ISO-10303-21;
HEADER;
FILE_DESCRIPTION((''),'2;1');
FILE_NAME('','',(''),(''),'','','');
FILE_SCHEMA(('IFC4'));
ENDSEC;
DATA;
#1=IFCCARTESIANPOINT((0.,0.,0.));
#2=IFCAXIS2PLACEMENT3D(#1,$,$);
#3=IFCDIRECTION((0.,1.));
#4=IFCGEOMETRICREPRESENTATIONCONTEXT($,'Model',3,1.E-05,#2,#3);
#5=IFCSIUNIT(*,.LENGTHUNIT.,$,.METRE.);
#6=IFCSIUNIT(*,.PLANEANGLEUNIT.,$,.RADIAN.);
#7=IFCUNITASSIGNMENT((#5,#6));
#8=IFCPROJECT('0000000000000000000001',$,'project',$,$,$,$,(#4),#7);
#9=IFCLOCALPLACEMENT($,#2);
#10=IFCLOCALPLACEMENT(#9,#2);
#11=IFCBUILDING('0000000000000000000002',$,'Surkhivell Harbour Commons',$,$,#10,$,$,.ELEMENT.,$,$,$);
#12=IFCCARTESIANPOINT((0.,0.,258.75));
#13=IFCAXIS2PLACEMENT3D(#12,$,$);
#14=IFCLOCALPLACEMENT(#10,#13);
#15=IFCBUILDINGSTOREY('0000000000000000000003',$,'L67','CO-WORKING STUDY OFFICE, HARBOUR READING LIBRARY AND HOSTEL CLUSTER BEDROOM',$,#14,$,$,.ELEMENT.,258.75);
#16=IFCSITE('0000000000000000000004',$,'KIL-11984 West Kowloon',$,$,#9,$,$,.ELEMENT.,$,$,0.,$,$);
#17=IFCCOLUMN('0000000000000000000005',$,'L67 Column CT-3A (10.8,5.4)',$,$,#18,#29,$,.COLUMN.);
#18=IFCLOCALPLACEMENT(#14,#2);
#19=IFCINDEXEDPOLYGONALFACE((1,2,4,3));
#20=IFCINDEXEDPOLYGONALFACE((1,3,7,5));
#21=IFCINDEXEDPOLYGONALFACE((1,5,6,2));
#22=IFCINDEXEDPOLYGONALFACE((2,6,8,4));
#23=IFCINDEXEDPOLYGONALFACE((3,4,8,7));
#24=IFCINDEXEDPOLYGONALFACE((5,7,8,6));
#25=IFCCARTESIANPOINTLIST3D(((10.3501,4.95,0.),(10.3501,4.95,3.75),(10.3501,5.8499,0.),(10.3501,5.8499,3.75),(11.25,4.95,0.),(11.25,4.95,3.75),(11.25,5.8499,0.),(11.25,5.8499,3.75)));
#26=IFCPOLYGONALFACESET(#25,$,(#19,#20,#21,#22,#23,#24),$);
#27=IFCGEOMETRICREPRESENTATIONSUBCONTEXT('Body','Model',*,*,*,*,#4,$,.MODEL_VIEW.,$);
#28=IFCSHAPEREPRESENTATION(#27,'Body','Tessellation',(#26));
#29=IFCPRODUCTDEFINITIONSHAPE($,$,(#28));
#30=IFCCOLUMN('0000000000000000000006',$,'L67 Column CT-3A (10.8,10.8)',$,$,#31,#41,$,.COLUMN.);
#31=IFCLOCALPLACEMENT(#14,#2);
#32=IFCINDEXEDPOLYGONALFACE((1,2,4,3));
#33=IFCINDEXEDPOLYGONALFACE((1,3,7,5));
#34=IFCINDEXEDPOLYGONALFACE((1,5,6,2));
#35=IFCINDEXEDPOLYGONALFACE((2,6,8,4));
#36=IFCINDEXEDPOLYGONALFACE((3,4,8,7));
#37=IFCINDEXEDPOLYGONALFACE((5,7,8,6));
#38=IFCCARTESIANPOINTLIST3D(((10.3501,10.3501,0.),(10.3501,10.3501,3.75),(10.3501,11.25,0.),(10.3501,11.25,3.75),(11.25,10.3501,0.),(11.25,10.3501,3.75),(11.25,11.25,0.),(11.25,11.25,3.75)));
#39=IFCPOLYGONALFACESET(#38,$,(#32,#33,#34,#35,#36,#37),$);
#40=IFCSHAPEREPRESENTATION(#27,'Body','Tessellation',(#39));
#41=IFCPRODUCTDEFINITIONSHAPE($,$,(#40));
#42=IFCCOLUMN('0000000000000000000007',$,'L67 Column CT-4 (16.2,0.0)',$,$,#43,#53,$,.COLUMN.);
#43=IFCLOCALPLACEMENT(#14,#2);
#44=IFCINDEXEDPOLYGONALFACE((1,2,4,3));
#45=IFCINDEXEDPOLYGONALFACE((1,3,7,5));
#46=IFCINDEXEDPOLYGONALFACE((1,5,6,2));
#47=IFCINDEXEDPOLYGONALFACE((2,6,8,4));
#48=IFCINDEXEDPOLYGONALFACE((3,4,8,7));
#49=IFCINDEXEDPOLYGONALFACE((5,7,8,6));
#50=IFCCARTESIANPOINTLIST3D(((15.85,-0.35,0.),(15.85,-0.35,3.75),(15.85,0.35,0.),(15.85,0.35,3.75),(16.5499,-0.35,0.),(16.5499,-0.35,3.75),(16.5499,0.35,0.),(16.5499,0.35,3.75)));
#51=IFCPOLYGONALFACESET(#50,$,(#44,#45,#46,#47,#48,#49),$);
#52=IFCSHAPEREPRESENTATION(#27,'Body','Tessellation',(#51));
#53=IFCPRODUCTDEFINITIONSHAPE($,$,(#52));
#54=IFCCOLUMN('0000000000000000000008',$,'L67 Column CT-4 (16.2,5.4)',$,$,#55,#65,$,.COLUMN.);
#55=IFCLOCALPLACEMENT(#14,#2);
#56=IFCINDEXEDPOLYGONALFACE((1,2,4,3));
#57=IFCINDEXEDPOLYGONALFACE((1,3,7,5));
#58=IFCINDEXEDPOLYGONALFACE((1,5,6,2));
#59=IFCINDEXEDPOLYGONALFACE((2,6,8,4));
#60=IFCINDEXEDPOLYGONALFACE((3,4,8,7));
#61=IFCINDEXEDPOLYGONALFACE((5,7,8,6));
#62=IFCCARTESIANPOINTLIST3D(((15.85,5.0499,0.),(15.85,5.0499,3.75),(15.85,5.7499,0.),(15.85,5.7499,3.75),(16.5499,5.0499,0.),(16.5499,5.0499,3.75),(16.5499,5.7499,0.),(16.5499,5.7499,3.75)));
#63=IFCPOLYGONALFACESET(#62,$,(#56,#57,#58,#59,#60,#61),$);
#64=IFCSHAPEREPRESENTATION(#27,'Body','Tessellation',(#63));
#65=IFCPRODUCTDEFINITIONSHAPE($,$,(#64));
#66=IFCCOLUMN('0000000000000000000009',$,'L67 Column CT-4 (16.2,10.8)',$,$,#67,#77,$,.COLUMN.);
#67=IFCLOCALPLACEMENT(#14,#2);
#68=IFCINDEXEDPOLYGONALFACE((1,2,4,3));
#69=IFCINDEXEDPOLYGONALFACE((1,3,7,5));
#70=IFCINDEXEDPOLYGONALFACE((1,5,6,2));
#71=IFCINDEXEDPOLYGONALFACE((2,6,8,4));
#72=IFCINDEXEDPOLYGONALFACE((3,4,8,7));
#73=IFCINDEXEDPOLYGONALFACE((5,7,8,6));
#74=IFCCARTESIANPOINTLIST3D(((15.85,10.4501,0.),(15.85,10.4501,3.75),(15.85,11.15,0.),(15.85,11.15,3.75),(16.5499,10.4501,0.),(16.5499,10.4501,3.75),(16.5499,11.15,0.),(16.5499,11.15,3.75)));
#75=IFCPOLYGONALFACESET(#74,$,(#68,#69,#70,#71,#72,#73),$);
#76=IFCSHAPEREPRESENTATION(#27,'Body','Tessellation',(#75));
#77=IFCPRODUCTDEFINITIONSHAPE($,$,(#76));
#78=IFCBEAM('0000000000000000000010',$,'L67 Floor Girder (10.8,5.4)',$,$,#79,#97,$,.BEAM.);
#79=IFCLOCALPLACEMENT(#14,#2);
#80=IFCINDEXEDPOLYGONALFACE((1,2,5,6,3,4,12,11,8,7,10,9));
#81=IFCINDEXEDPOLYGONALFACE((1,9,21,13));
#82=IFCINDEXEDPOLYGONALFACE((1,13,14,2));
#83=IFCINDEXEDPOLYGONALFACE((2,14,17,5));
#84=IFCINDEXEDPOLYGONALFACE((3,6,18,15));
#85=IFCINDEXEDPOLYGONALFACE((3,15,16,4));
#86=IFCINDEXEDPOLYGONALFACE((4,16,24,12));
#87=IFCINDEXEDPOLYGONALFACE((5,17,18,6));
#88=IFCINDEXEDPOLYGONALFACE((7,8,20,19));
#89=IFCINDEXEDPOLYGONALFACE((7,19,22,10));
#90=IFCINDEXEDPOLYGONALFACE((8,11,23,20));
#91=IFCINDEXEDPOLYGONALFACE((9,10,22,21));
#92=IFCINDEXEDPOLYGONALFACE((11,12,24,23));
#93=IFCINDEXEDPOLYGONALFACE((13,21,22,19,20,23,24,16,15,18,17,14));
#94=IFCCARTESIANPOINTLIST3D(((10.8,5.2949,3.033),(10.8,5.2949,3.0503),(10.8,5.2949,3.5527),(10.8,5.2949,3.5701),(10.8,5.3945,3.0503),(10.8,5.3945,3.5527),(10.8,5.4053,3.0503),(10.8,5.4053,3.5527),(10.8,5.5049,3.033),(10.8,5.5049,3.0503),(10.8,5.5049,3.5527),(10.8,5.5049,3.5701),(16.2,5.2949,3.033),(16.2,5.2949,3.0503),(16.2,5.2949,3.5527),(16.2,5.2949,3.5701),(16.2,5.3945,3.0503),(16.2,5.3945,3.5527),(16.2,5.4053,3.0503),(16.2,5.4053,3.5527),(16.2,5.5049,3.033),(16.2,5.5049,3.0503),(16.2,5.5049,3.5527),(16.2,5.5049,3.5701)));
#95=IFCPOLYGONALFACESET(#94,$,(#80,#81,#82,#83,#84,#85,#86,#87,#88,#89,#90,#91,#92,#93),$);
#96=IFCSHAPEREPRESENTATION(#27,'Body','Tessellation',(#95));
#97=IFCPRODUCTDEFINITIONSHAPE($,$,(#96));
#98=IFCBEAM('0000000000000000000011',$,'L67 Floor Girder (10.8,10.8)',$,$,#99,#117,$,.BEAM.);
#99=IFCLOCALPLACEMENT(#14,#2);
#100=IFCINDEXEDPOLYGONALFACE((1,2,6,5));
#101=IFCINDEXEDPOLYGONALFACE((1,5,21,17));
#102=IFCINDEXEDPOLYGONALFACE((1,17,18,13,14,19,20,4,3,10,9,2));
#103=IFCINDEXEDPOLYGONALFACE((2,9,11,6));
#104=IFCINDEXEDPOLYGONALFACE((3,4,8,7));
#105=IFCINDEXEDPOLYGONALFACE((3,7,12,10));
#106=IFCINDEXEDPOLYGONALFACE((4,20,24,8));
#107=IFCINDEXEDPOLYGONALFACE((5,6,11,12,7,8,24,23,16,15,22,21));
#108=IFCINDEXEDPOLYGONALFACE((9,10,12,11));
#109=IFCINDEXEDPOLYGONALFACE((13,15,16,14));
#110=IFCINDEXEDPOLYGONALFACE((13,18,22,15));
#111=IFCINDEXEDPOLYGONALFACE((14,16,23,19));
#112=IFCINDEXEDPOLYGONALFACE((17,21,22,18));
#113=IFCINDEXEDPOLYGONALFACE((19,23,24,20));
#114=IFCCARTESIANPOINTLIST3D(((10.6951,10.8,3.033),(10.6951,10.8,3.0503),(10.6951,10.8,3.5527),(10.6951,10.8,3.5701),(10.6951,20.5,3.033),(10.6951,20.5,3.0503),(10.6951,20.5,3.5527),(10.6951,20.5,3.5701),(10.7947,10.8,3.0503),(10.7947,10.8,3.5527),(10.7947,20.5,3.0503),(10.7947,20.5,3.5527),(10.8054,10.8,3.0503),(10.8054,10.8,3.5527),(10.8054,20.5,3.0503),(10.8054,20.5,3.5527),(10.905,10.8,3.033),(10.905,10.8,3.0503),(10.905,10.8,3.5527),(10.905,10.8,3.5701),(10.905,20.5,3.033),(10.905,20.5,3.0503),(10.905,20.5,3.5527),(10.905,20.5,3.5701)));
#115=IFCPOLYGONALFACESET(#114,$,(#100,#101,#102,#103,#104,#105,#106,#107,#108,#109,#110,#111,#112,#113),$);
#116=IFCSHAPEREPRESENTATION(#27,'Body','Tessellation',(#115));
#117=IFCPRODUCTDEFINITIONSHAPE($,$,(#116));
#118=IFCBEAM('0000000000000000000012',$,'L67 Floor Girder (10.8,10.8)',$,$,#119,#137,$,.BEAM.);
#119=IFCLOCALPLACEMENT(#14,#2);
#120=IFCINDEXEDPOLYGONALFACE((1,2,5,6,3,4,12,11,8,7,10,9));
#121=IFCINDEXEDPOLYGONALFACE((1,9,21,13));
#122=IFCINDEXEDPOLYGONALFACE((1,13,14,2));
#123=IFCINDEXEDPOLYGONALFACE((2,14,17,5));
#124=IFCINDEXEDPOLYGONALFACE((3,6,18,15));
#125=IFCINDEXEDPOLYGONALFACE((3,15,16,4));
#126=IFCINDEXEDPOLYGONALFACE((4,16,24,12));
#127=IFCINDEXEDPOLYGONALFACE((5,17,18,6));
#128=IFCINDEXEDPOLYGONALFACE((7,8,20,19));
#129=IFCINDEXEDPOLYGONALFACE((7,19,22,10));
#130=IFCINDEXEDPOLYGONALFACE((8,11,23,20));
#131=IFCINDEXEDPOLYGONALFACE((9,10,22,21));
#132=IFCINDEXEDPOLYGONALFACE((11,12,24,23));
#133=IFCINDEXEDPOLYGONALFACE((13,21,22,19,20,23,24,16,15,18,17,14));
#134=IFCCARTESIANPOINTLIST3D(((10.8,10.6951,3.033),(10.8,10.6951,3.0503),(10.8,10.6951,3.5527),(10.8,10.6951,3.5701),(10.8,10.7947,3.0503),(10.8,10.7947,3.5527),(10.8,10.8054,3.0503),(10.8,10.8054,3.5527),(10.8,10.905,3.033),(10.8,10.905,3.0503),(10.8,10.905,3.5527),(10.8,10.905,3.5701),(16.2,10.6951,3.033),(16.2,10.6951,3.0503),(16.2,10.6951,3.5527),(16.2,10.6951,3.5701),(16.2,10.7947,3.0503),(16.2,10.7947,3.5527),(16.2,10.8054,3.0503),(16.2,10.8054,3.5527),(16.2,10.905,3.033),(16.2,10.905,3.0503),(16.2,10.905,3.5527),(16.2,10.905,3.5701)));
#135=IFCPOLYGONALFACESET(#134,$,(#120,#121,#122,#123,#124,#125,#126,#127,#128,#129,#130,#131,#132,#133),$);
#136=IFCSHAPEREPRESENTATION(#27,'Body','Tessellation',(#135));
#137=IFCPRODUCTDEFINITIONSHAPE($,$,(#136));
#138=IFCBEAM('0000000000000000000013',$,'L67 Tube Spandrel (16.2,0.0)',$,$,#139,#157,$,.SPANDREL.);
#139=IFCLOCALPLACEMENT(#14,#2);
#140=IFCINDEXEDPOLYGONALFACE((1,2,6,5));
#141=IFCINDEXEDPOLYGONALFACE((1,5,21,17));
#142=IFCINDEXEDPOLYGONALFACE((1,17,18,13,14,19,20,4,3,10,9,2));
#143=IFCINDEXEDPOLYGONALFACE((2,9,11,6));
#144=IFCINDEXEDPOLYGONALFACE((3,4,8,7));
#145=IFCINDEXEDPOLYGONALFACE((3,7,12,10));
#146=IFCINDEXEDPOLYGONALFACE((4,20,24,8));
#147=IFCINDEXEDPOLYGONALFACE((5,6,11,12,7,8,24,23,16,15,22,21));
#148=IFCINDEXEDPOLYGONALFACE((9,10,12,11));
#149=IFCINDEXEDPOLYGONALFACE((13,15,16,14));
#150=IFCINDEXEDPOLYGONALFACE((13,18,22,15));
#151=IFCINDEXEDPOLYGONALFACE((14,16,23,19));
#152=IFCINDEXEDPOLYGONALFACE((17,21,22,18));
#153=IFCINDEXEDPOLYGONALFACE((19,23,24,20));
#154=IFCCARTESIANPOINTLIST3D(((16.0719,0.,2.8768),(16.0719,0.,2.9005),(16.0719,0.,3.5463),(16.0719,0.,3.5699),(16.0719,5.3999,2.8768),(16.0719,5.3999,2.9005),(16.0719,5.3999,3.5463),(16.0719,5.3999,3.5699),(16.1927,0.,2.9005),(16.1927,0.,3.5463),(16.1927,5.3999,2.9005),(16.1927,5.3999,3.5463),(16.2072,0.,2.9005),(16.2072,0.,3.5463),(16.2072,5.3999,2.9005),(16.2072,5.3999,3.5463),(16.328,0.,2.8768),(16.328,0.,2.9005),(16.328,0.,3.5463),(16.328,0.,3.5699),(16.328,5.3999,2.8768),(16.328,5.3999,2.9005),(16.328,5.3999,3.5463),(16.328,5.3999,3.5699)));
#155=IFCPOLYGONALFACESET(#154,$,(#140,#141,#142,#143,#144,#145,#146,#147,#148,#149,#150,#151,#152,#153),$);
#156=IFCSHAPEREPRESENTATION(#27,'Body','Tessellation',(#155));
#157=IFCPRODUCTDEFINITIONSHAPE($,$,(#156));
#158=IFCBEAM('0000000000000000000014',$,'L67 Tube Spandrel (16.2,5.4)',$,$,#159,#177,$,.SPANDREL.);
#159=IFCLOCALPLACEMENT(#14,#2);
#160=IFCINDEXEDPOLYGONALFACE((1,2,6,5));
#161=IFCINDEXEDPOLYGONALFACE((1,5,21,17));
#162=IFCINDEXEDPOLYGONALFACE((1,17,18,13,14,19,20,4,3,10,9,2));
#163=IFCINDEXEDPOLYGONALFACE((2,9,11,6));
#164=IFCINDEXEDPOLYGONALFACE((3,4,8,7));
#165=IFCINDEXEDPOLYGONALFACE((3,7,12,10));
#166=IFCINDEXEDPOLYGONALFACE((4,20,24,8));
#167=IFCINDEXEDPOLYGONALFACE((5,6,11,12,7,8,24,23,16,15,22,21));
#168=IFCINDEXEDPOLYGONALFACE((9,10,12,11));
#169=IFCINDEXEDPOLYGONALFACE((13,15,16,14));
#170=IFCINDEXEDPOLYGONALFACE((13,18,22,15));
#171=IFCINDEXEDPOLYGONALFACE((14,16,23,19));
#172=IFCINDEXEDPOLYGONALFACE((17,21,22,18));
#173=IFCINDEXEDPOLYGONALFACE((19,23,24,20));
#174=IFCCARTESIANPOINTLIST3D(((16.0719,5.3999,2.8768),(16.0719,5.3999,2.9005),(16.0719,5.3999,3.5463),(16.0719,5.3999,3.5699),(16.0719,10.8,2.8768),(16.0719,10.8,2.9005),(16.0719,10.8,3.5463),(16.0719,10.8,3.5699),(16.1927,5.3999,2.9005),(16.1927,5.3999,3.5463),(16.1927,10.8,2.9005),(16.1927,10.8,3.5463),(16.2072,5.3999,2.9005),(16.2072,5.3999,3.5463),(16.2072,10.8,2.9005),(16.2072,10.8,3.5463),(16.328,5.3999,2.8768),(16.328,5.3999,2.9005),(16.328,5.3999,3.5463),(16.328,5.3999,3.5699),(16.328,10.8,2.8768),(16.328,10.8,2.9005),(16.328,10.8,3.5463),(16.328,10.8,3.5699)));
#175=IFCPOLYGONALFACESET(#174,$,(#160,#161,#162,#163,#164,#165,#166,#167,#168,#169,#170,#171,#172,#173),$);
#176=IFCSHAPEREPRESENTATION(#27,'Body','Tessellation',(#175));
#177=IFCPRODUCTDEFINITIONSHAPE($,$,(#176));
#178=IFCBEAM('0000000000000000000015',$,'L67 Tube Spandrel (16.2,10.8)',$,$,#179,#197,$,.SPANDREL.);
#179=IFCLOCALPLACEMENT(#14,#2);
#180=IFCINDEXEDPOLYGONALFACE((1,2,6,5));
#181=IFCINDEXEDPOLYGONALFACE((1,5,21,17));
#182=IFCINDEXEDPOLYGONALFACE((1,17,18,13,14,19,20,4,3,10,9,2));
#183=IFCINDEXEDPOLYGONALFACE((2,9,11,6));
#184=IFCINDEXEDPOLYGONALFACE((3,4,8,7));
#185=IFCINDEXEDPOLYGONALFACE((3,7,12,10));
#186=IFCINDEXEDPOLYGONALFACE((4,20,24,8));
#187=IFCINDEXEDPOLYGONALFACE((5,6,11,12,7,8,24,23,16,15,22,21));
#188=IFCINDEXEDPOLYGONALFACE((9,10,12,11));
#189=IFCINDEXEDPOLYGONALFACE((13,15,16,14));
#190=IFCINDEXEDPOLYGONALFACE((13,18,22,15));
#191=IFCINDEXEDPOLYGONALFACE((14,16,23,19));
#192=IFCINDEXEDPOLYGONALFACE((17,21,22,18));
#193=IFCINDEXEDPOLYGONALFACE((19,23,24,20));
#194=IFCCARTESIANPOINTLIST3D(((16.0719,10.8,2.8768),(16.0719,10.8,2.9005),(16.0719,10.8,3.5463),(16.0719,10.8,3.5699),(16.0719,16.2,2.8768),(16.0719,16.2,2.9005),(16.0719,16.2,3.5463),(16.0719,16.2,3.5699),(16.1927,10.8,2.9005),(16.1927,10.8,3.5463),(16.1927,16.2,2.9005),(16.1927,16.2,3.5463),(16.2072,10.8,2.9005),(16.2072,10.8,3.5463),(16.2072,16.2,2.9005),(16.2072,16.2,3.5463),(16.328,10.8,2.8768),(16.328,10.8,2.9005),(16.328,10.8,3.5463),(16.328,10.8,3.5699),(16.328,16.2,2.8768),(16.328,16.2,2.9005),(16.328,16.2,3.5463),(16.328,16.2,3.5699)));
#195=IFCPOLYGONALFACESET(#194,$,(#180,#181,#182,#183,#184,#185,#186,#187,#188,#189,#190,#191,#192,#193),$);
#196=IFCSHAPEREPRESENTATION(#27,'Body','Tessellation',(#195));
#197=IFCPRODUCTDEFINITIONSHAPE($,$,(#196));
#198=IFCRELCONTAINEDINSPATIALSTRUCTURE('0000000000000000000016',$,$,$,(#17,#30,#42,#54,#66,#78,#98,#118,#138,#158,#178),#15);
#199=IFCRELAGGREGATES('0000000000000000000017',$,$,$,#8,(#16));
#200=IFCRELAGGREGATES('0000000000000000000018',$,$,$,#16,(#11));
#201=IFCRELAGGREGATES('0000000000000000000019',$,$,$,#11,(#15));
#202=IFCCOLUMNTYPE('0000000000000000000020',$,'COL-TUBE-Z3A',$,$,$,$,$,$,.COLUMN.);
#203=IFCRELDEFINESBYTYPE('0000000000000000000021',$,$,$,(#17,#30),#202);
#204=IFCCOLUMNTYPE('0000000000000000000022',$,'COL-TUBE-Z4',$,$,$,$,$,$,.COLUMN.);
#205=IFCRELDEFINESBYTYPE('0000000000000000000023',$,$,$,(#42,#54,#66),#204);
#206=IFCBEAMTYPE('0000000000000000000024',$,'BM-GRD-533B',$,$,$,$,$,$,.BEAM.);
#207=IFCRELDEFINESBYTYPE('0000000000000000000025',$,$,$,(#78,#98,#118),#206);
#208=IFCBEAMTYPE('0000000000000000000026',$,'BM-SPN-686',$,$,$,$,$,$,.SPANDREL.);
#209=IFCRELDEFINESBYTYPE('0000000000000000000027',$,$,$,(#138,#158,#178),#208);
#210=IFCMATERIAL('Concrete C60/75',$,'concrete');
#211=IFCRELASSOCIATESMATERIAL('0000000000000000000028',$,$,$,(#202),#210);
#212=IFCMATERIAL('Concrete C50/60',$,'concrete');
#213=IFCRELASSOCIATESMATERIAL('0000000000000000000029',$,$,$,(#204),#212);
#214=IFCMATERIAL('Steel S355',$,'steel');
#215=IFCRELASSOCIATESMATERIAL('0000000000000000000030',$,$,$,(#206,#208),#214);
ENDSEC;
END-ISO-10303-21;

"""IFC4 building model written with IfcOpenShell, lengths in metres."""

from ifc_helpers import new_model, si_unit, direction, frame, origin, origin_2d, place, context, subcontext, project, spatial, rectangle, i_section, extrude, material, material_profile, profile_set, type_object, element, save


model = new_model("IFC4")

# Units and contexts
model_context = context("Model", 3, precision=1e-05, world=origin(), true_north=direction((0.0, 1.0)))
body_context = subcontext(model_context, "Body", "Model", "MODEL_VIEW")
ifc_project = project(units=[si_unit("LENGTHUNIT", "METRE"), si_unit("PLANEANGLEUNIT", "RADIAN")], contexts=[model_context])

# Site, building, storey
site_placement = place(None, origin())
site = spatial("IfcSite", under=ifc_project, at=site_placement, Name="KIL-11984 West Kowloon", CompositionType="ELEMENT", RefElevation=0.0)
building_placement = place(site_placement, origin())
building = spatial("IfcBuilding", under=site, at=building_placement, Name="Surkhivell Harbour Commons", CompositionType="ELEMENT")
storey_placement = place(building_placement, frame((0.0, 0.0, 258.75)))
storey = spatial("IfcBuildingStorey", under=building, at=storey_placement, Name="L67", Description="CO-WORKING STUDY OFFICE, HARBOUR READING LIBRARY AND HOSTEL CLUSTER BEDROOM", CompositionType="ELEMENT", Elevation=258.75)

# Columns
ifc_material_1 = material(Name="Concrete C60/75", Category="concrete")
ifc_material_profile_1 = material_profile(ifc_material_1, rectangle(XDim=0.8999, YDim=0.8999, at=origin_2d()), Name="RC-COL-900x900")
ifc_profile_set_1 = profile_set([ifc_material_profile_1], Name="Concrete C60/75")
column_type_1 = type_object("IfcColumnType", Name="COL-TUBE-Z3A", PredefinedType="COLUMN", material=ifc_profile_set_1)
for number, where, z_axis, x_axis, name in (
    (1, (10.8, 5.3999, 0.0), (0.0, 0.0, 1.0), (1.0, 0.0, 0.0), "L67 Column CT-3A (10.8,5.4)"),
    (2, (10.8, 10.8, 0.0), (0.0, 0.0, 1.0), (1.0, 0.0, 0.0), "L67 Column CT-3A (10.8,10.8)"),
):
    element("IfcColumn", number, at=place(storey_placement, frame(where, z_axis=z_axis, x_axis=x_axis)), inside=storey, type_object=column_type_1, Name=name, PredefinedType="COLUMN", context=body_context, shape_type="SweptSolid", body=[
        extrude(rectangle(XDim=0.8999, YDim=0.8999, at=origin_2d()), origin(), (0.0, 0.0, 1.0), 3.75),
    ])
ifc_material_2 = material(Name="Concrete C50/60", Category="concrete")
ifc_material_profile_2 = material_profile(ifc_material_2, rectangle(XDim=0.7, YDim=0.7, at=origin_2d()), Name="RC-COL-700x700")
ifc_profile_set_2 = profile_set([ifc_material_profile_2], Name="Concrete C50/60")
column_type_2 = type_object("IfcColumnType", Name="COL-TUBE-Z4", PredefinedType="COLUMN", material=ifc_profile_set_2)
for number, where, z_axis, x_axis, name in (
    (3, (16.2, 0.0, 0.0), (0.0, 0.0, 1.0), (1.0, 0.0, 0.0), "L67 Column CT-4 (16.2,0.0)"),
    (4, (16.2, 5.3999, 0.0), (0.0, 0.0, 1.0), (1.0, 0.0, 0.0), "L67 Column CT-4 (16.2,5.4)"),
    (5, (16.2, 10.8, 0.0), (0.0, 0.0, 1.0), (1.0, 0.0, 0.0), "L67 Column CT-4 (16.2,10.8)"),
):
    element("IfcColumn", number, at=place(storey_placement, frame(where, z_axis=z_axis, x_axis=x_axis)), inside=storey, type_object=column_type_2, Name=name, PredefinedType="COLUMN", context=body_context, shape_type="SweptSolid", body=[
        extrude(rectangle(XDim=0.7, YDim=0.7, at=origin_2d()), origin(), (0.0, 0.0, 1.0), 3.75),
    ])

# Beams
ifc_material_3 = material(Name="Steel S355", Category="steel")
ifc_material_profile_3 = material_profile(ifc_material_3, i_section(OverallWidth=0.21, OverallDepth=0.5371, WebThickness=0.0107, FlangeThickness=0.0173, at=origin_2d()), Name="UB533x210x101")
ifc_profile_set_3 = profile_set([ifc_material_profile_3], Name="Steel S355")
beam_type_1 = type_object("IfcBeamType", Name="BM-GRD-533B", PredefinedType="BEAM", material=ifc_profile_set_3)
beam_1_placement = place(storey_placement, frame((10.8, 5.3999, 3.3015), z_axis=(1.0, 0.0, 0.0), x_axis=(0.0, 1.0, 0.0)))
element("IfcBeam", 6, at=beam_1_placement, inside=storey, type_object=beam_type_1, Name="L67 Floor Girder (10.8,5.4)", PredefinedType="BEAM", context=body_context, shape_type="SweptSolid", body=[
    extrude(i_section(OverallWidth=0.21, OverallDepth=0.5371, WebThickness=0.0107, FlangeThickness=0.0173, at=origin_2d()), origin(), (0.0, 0.0, 1.0), 5.3999),
])
beam_2_placement = place(storey_placement, frame((10.8, 10.8, 3.3015), z_axis=(0.0, 1.0, 0.0), x_axis=(-1.0, 0.0, 0.0)))
element("IfcBeam", 7, at=beam_2_placement, inside=storey, type_object=beam_type_1, Name="L67 Floor Girder (10.8,10.8)", PredefinedType="BEAM", context=body_context, shape_type="SweptSolid", body=[
    extrude(i_section(OverallWidth=0.21, OverallDepth=0.5371, WebThickness=0.0107, FlangeThickness=0.0173, at=origin_2d()), origin(), (0.0, 0.0, 1.0), 9.7),
])
beam_3_placement = place(storey_placement, frame((10.8, 10.8, 3.3015), z_axis=(1.0, 0.0, 0.0), x_axis=(0.0, 1.0, 0.0)))
element("IfcBeam", 8, at=beam_3_placement, inside=storey, type_object=beam_type_1, Name="L67 Floor Girder (10.8,10.8)", PredefinedType="BEAM", context=body_context, shape_type="SweptSolid", body=[
    extrude(i_section(OverallWidth=0.21, OverallDepth=0.5371, WebThickness=0.0107, FlangeThickness=0.0173, at=origin_2d()), origin(), (0.0, 0.0, 1.0), 5.3999),
])
ifc_material_profile_4 = material_profile(ifc_material_3, i_section(OverallWidth=0.2561, OverallDepth=0.6931, WebThickness=0.0144, FlangeThickness=0.0237, at=origin_2d()), Name="UB686x254x170")
ifc_profile_set_4 = profile_set([ifc_material_profile_4], Name="Steel S355")
beam_type_2 = type_object("IfcBeamType", Name="BM-SPN-686", PredefinedType="SPANDREL", material=ifc_profile_set_4)
beam_4_placement = place(storey_placement, frame((16.2, 0.0, 3.2234), z_axis=(0.0, 1.0, 0.0), x_axis=(-1.0, 0.0, 0.0)))
element("IfcBeam", 9, at=beam_4_placement, inside=storey, type_object=beam_type_2, Name="L67 Tube Spandrel (16.2,0.0)", PredefinedType="SPANDREL", context=body_context, shape_type="SweptSolid", body=[
    extrude(i_section(OverallWidth=0.2561, OverallDepth=0.6931, WebThickness=0.0144, FlangeThickness=0.0237, at=origin_2d()), origin(), (0.0, 0.0, 1.0), 5.3999),
])
beam_5_placement = place(storey_placement, frame((16.2, 5.3999, 3.2234), z_axis=(0.0, 1.0, 0.0), x_axis=(-1.0, 0.0, 0.0)))
element("IfcBeam", 10, at=beam_5_placement, inside=storey, type_object=beam_type_2, Name="L67 Tube Spandrel (16.2,5.4)", PredefinedType="SPANDREL", context=body_context, shape_type="SweptSolid", body=[
    extrude(i_section(OverallWidth=0.2561, OverallDepth=0.6931, WebThickness=0.0144, FlangeThickness=0.0237, at=origin_2d()), origin(), (0.0, 0.0, 1.0), 5.4001),
])
beam_6_placement = place(storey_placement, frame((16.2, 10.8, 3.2234), z_axis=(0.0, 1.0, 0.0), x_axis=(-1.0, 0.0, 0.0)))
element("IfcBeam", 11, at=beam_6_placement, inside=storey, type_object=beam_type_2, Name="L67 Tube Spandrel (16.2,10.8)", PredefinedType="SPANDREL", context=body_context, shape_type="SweptSolid", body=[
    extrude(i_section(OverallWidth=0.2561, OverallDepth=0.6931, WebThickness=0.0144, FlangeThickness=0.0237, at=origin_2d()), origin(), (0.0, 0.0, 1.0), 5.3999),
])

save(model, "model.ifc")
